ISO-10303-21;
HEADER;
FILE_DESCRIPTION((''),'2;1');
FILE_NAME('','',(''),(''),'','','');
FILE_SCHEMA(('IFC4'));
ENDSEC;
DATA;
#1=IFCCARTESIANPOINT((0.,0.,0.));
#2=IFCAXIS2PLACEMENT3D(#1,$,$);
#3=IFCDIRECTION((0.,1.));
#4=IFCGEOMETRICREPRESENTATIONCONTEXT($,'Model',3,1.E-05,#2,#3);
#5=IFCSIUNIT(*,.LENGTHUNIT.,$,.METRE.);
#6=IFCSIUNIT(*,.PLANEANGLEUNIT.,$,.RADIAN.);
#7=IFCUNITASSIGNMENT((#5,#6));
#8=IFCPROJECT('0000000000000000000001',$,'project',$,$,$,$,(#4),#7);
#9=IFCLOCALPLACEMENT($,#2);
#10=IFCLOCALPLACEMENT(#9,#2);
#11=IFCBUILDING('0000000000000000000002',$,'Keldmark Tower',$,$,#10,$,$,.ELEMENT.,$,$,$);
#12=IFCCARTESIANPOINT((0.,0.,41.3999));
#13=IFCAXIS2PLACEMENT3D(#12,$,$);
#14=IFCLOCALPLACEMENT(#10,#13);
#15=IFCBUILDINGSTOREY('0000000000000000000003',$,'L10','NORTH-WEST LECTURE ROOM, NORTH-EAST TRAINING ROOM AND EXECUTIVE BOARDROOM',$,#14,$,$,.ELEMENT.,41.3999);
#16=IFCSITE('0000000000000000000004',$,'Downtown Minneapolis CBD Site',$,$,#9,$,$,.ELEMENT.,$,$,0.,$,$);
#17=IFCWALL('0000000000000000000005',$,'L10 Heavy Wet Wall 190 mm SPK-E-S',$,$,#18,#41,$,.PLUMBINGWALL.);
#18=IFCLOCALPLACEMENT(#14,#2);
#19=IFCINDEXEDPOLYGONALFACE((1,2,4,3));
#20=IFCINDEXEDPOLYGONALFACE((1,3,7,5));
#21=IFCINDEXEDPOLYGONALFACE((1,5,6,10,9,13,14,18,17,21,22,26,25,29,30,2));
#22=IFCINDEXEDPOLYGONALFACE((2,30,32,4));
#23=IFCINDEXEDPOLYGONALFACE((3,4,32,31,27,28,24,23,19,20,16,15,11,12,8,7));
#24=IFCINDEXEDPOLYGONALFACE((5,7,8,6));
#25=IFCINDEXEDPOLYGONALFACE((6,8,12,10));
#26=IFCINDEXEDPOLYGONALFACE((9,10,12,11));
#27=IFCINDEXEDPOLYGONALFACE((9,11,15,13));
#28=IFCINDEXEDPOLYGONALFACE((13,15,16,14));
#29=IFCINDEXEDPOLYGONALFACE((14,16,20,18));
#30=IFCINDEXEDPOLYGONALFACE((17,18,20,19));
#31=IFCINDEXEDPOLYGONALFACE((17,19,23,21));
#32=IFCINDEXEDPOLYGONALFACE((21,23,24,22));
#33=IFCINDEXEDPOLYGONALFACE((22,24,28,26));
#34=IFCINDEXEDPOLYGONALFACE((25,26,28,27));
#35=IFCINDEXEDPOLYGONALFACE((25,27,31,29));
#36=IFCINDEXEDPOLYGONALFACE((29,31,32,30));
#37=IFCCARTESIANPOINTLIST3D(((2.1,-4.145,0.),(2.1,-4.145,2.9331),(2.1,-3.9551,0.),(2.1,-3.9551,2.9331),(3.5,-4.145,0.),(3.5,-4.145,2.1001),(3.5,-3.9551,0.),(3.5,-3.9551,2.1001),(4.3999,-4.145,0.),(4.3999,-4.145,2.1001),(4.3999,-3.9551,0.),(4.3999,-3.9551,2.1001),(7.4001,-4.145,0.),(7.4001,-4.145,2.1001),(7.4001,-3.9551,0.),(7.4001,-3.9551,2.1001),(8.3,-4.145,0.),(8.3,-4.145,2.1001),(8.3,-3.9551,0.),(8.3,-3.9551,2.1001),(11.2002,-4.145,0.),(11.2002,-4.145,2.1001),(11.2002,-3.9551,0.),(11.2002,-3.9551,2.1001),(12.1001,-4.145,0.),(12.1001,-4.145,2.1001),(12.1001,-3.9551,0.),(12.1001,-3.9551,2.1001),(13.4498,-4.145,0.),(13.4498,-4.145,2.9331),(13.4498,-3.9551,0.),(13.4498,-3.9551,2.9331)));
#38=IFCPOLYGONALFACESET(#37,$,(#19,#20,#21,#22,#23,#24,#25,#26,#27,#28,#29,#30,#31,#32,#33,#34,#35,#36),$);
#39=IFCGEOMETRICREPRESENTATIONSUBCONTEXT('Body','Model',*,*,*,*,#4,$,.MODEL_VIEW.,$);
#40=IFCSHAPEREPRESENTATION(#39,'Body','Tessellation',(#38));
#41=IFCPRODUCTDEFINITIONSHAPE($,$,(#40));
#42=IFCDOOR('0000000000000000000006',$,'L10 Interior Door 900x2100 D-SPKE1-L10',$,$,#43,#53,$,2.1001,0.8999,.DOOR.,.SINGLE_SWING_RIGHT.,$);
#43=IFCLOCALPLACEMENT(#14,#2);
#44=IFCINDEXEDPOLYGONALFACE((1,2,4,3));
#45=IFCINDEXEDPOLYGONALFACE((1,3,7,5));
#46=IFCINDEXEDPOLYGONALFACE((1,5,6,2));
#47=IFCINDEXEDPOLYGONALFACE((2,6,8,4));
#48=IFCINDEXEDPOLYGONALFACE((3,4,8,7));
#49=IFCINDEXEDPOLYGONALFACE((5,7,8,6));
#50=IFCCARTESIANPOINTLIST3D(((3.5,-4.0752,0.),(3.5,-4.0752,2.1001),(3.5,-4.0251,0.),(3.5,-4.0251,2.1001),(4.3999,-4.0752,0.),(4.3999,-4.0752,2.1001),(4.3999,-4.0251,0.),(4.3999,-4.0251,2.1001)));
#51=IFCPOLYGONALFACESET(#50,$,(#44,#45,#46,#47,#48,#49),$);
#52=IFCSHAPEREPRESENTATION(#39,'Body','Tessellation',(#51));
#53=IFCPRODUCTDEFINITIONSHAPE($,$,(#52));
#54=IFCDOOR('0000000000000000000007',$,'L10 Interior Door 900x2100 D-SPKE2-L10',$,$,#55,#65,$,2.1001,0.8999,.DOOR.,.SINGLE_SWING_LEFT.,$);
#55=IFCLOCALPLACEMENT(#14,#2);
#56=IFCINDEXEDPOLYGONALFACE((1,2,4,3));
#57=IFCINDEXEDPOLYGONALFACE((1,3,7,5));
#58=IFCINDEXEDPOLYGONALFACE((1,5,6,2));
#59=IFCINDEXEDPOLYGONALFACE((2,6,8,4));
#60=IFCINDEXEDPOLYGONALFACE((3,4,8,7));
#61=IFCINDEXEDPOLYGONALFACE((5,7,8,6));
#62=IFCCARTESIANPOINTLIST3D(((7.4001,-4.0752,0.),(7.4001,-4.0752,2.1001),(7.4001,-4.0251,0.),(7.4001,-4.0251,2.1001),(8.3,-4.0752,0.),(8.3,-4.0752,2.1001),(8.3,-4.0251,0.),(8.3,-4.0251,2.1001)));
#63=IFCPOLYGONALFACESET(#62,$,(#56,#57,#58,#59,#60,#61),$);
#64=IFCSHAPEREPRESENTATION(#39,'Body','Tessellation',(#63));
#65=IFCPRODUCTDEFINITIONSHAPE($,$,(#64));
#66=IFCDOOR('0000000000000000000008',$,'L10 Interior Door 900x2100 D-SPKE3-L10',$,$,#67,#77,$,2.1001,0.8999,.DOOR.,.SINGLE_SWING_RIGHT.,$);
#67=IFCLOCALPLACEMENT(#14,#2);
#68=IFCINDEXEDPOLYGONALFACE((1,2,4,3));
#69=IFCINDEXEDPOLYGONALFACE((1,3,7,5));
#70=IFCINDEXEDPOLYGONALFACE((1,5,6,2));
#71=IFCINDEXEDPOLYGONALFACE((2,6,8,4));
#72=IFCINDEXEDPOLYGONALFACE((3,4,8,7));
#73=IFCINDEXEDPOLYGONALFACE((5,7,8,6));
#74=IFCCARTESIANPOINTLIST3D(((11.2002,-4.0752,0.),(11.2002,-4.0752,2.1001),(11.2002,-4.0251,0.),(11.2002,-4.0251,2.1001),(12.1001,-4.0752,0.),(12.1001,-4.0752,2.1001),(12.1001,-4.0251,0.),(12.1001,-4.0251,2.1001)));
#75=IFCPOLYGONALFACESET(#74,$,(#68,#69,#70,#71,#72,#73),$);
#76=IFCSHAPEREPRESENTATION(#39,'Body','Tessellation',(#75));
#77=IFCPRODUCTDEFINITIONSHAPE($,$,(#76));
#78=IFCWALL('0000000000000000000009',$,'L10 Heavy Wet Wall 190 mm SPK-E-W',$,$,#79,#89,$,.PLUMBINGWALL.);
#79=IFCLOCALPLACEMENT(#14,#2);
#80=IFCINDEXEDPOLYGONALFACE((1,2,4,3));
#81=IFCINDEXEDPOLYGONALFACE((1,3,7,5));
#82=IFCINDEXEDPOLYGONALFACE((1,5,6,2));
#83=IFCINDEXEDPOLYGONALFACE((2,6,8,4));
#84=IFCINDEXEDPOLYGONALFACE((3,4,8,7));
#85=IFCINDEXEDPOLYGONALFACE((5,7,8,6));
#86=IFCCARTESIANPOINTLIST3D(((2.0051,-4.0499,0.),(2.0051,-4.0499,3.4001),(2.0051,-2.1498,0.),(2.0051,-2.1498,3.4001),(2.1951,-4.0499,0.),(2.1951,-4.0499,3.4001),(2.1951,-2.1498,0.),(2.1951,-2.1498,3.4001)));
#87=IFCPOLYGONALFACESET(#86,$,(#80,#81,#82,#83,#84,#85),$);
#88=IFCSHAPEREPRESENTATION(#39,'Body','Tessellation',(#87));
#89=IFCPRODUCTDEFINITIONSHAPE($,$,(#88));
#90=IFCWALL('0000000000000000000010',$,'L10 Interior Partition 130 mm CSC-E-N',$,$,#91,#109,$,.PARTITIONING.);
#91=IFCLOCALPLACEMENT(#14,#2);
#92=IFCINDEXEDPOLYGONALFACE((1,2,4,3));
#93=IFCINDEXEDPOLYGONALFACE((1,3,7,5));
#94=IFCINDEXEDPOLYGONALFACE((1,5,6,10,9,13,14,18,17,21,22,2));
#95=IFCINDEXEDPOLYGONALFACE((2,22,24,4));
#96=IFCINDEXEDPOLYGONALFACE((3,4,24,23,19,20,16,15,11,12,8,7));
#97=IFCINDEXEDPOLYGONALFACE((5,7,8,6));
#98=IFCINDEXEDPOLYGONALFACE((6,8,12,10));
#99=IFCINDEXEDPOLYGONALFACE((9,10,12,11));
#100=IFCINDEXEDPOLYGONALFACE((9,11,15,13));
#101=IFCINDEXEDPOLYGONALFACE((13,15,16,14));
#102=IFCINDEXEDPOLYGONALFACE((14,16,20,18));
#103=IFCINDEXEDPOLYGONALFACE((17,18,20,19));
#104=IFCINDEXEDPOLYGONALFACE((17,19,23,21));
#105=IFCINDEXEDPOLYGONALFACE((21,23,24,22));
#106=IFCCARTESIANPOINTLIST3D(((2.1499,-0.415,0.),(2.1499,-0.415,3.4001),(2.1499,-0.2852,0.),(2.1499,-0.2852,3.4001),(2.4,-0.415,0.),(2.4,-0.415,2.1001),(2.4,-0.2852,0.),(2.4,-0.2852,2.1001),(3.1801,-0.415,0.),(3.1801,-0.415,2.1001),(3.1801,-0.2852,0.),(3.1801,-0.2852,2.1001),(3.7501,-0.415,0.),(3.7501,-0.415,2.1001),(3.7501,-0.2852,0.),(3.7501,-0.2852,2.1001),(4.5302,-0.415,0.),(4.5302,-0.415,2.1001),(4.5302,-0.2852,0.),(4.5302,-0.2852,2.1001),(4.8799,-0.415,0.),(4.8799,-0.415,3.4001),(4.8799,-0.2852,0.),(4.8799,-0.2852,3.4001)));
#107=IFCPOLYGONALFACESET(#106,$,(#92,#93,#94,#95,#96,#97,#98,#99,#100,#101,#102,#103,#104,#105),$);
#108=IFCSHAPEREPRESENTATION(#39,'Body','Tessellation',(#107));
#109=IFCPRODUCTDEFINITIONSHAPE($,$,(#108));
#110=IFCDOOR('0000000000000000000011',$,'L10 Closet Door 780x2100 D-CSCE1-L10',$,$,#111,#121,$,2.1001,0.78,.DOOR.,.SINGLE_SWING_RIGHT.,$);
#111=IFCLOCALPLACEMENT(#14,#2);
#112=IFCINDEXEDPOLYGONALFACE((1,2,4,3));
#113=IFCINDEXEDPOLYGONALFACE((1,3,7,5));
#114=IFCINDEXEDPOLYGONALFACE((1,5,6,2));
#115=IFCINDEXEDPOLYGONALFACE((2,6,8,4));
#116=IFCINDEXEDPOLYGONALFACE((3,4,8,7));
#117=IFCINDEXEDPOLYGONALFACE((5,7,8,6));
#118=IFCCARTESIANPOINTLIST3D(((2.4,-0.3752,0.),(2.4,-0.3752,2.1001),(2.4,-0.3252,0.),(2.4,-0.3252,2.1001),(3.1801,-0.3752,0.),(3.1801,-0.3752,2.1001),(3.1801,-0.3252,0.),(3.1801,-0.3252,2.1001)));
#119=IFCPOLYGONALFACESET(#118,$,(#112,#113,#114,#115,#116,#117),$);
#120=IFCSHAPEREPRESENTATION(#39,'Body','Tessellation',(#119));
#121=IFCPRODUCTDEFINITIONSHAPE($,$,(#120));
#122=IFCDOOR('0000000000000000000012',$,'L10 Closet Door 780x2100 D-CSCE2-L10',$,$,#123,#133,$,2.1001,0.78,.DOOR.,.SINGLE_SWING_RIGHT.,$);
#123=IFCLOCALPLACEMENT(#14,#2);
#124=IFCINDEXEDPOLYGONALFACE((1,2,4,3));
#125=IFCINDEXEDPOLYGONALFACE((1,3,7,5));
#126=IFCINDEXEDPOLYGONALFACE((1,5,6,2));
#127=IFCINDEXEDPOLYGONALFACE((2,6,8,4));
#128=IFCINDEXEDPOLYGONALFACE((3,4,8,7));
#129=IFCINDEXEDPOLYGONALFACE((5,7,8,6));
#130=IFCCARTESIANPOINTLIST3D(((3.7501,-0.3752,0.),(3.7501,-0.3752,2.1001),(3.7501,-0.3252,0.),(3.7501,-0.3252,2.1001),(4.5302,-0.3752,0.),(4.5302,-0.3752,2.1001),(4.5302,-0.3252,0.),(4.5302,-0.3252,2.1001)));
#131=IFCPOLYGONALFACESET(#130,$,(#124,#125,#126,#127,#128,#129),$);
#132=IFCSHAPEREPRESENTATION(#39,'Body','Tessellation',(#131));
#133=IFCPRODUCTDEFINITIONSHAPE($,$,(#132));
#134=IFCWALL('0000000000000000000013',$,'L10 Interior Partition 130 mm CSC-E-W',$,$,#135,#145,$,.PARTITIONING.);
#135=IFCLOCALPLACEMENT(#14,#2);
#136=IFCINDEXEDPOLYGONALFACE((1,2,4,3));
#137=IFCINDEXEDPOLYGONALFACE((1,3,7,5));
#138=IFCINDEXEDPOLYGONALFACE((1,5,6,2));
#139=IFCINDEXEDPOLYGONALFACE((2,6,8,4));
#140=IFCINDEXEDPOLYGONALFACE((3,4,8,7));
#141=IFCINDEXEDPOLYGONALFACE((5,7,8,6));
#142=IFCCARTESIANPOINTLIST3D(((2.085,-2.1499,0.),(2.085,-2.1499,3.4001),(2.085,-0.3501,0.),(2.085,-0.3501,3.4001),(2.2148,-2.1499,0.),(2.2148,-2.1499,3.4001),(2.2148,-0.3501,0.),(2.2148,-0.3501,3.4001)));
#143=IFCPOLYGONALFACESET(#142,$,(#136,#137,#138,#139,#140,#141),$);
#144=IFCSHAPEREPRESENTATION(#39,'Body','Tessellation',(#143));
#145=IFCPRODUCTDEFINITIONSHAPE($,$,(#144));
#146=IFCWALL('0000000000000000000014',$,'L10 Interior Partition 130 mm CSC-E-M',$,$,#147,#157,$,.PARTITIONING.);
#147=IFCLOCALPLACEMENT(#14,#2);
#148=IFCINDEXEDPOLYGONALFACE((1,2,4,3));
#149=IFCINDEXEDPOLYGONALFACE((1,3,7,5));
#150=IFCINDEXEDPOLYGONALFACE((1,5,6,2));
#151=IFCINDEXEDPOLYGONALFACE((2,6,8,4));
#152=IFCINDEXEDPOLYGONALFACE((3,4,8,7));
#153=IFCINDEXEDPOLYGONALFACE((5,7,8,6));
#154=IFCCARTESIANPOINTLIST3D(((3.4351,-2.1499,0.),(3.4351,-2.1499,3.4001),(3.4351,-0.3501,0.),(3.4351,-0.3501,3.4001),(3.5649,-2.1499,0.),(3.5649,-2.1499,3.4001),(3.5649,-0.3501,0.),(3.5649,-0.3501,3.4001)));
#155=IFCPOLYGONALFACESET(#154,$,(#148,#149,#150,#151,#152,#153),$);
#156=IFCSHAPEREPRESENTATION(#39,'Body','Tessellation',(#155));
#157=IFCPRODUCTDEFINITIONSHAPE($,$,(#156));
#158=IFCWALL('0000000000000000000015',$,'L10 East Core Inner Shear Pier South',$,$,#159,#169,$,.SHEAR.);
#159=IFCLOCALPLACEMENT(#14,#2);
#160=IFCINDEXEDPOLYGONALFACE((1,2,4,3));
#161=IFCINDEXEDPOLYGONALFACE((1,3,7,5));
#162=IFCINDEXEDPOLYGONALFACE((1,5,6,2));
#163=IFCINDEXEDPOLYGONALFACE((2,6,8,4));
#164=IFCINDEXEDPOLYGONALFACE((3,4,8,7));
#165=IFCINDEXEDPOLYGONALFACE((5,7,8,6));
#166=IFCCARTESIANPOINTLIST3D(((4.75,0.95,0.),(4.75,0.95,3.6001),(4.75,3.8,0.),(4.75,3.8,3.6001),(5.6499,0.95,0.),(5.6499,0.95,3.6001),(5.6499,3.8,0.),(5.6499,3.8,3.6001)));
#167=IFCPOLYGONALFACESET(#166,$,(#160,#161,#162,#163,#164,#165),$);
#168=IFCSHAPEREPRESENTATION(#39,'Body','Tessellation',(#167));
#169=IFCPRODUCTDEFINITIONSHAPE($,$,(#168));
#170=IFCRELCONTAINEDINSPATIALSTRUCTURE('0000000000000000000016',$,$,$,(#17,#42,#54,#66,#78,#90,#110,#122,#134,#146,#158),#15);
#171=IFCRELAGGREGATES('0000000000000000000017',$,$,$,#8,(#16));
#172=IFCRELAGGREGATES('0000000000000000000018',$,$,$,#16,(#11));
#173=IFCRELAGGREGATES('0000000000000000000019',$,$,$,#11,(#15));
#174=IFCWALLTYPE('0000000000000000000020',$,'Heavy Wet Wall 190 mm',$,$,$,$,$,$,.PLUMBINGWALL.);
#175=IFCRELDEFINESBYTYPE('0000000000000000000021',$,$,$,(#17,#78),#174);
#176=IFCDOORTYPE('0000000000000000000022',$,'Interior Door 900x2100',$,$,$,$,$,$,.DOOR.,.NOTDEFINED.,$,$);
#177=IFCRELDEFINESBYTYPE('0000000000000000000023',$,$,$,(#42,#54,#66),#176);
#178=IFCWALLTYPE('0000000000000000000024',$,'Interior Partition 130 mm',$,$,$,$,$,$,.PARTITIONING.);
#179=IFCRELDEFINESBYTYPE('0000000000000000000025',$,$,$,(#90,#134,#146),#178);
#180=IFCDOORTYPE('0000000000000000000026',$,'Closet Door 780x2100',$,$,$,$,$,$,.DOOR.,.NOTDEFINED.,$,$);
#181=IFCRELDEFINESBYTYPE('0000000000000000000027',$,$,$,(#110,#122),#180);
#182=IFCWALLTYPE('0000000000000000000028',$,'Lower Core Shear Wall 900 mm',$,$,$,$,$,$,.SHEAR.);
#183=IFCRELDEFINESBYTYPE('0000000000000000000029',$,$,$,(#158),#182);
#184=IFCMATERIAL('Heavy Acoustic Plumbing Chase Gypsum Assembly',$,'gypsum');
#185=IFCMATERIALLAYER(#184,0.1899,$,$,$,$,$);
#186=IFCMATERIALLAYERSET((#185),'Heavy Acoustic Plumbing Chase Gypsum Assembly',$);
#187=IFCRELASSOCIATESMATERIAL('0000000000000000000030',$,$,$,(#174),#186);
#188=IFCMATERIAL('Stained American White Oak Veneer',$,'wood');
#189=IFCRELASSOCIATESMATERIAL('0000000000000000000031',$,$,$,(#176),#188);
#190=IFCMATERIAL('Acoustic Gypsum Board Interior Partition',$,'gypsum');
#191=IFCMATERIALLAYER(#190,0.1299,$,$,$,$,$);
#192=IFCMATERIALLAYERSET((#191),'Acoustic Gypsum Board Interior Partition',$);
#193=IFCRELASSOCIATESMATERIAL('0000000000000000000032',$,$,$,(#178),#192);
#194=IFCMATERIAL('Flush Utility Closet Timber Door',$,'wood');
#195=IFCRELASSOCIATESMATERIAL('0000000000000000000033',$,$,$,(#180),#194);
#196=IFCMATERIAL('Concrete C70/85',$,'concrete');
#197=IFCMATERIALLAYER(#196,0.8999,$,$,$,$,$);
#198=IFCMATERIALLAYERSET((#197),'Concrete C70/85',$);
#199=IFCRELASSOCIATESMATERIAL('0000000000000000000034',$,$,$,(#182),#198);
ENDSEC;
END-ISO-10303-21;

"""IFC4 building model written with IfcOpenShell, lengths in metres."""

from ifc_helpers import new_model, si_unit, direction, frame, frame_2d, origin, place, context, subcontext, project, spatial, rectangle, extrude, material, layer, layer_set, type_object, element, fill, save


model = new_model("IFC4")

# Units and contexts
model_context = context("Model", 3, precision=1e-05, world=origin(), true_north=direction((0.0, 1.0)))
body_context = subcontext(model_context, "Body", "Model", "MODEL_VIEW")
ifc_project = project(units=[si_unit("LENGTHUNIT", "METRE"), si_unit("PLANEANGLEUNIT", "RADIAN")], contexts=[model_context])

# Site, building, storey
site_placement = place(None, origin())
site = spatial("IfcSite", under=ifc_project, at=site_placement, Name="Downtown Minneapolis CBD Site", CompositionType="ELEMENT", RefElevation=0.0)
building_placement = place(site_placement, origin())
building = spatial("IfcBuilding", under=site, at=building_placement, Name="Keldmark Tower", CompositionType="ELEMENT")
storey_placement = place(building_placement, frame((0.0, 0.0, 41.3999)))
storey = spatial("IfcBuildingStorey", under=building, at=storey_placement, Name="L10", Description="NORTH-WEST LECTURE ROOM, NORTH-EAST TRAINING ROOM AND EXECUTIVE BOARDROOM", CompositionType="ELEMENT", Elevation=41.3999)

# Wall, openings, doors
ifc_material_1 = material(Name="Heavy Acoustic Plumbing Chase Gypsum Assembly", Category="gypsum")
ifc_layer_1 = layer(ifc_material_1, 0.1899)
ifc_layer_set_1 = layer_set([ifc_layer_1], Name="Heavy Acoustic Plumbing Chase Gypsum Assembly")
wall_type_1 = type_object("IfcWallType", Name="Heavy Wet Wall 190 mm", PredefinedType="PLUMBINGWALL", material=ifc_layer_set_1)
wall_1_placement = place(storey_placement, frame((2.1001, -4.05, 0.0), z_axis=(0.0, 0.0, 1.0), x_axis=(1.0, 0.0, 0.0)))
wall_1 = element("IfcWall", 1, at=wall_1_placement, inside=storey, type_object=wall_type_1, Name="L10 Heavy Wet Wall 190 mm SPK-E-S", PredefinedType="PLUMBINGWALL", context=body_context, shape_type="SweptSolid", body=[
    extrude(rectangle(XDim=11.3499, YDim=0.1899, at=frame_2d((5.6748, 0.0))), origin(), (0.0, 0.0, 1.0), 2.9331),
])
opening_1_placement = place(wall_1_placement, frame((1.3999, 0.0, 0.0)))
opening_1 = element("IfcOpeningElement", 2, at=opening_1_placement, cuts=wall_1, PredefinedType="OPENING", context=body_context, shape_type="SweptSolid", body=[
    extrude(rectangle(XDim=0.8999, YDim=2.1001, at=frame_2d((0.45, 1.05))), frame((0.0, 0.105, 0.0), z_axis=(0.0, -1.0, 0.0), x_axis=(1.0, 0.0, 0.0)), (0.0, 0.0, 1.0), 0.21),
])
opening_2_placement = place(wall_1_placement, frame((5.3, 0.0, 0.0)))
opening_2 = element("IfcOpeningElement", 3, at=opening_2_placement, cuts=wall_1, PredefinedType="OPENING", context=body_context, shape_type="SweptSolid", body=[
    extrude(rectangle(XDim=0.8999, YDim=2.1001, at=frame_2d((0.45, 1.05))), frame((0.0, 0.105, 0.0), z_axis=(0.0, -1.0, 0.0), x_axis=(1.0, 0.0, 0.0)), (0.0, 0.0, 1.0), 0.21),
])
opening_3_placement = place(wall_1_placement, frame((9.1001, 0.0, 0.0)))
opening_3 = element("IfcOpeningElement", 4, at=opening_3_placement, cuts=wall_1, PredefinedType="OPENING", context=body_context, shape_type="SweptSolid", body=[
    extrude(rectangle(XDim=0.8999, YDim=2.1001, at=frame_2d((0.45, 1.05))), frame((0.0, 0.105, 0.0), z_axis=(0.0, -1.0, 0.0), x_axis=(1.0, 0.0, 0.0)), (0.0, 0.0, 1.0), 0.21),
])
ifc_material_2 = material(Name="Stained American White Oak Veneer", Category="wood")
door_type_1 = type_object("IfcDoorType", Name="Interior Door 900x2100", OperationType="NOTDEFINED", PredefinedType="DOOR", material=ifc_material_2)
door_1_placement = place(opening_1_placement, origin())
door_1 = element("IfcDoor", 5, at=door_1_placement, inside=storey, type_object=door_type_1, Name="L10 Interior Door 900x2100 D-SPKE1-L10", OperationType="SINGLE_SWING_RIGHT", OverallHeight=2.1001, OverallWidth=0.8999, PredefinedType="DOOR", context=body_context, shape_type="SweptSolid", body=[
    extrude(rectangle(XDim=0.8999, YDim=2.1001, at=frame_2d((0.45, 1.05))), frame((0.0, 0.0249, 0.0), z_axis=(0.0, -1.0, 0.0), x_axis=(1.0, 0.0, 0.0)), (0.0, 0.0, 1.0), 0.05),
])
fill(opening_1, door_1)
door_2_placement = place(opening_2_placement, origin())
door_2 = element("IfcDoor", 6, at=door_2_placement, inside=storey, type_object=door_type_1, Name="L10 Interior Door 900x2100 D-SPKE2-L10", OperationType="SINGLE_SWING_LEFT", OverallHeight=2.1001, OverallWidth=0.8999, PredefinedType="DOOR", context=body_context, shape_type="SweptSolid", body=[
    extrude(rectangle(XDim=0.8999, YDim=2.1001, at=frame_2d((0.45, 1.05))), frame((0.0, 0.0249, 0.0), z_axis=(0.0, -1.0, 0.0), x_axis=(1.0, 0.0, 0.0)), (0.0, 0.0, 1.0), 0.05),
])
fill(opening_2, door_2)
door_3_placement = place(opening_3_placement, origin())
door_3 = element("IfcDoor", 7, at=door_3_placement, inside=storey, type_object=door_type_1, Name="L10 Interior Door 900x2100 D-SPKE3-L10", OperationType="SINGLE_SWING_RIGHT", OverallHeight=2.1001, OverallWidth=0.8999, PredefinedType="DOOR", context=body_context, shape_type="SweptSolid", body=[
    extrude(rectangle(XDim=0.8999, YDim=2.1001, at=frame_2d((0.45, 1.05))), frame((0.0, 0.0249, 0.0), z_axis=(0.0, -1.0, 0.0), x_axis=(1.0, 0.0, 0.0)), (0.0, 0.0, 1.0), 0.05),
])
fill(opening_3, door_3)

# Wall
wall_2_placement = place(storey_placement, frame((2.1001, -4.05, 0.0), z_axis=(0.0, 0.0, 1.0), x_axis=(0.0, 1.0, 0.0)))
element("IfcWall", 8, at=wall_2_placement, inside=storey, type_object=wall_type_1, Name="L10 Heavy Wet Wall 190 mm SPK-E-W", PredefinedType="PLUMBINGWALL", context=body_context, shape_type="SweptSolid", body=[
    extrude(rectangle(XDim=1.9001, YDim=0.1899, at=frame_2d((0.9502, 0.0))), origin(), (0.0, 0.0, 1.0), 3.4001),
])

# Wall, openings, doors
ifc_material_3 = material(Name="Acoustic Gypsum Board Interior Partition", Category="gypsum")
ifc_layer_2 = layer(ifc_material_3, 0.1299)
ifc_layer_set_2 = layer_set([ifc_layer_2], Name="Acoustic Gypsum Board Interior Partition")
wall_type_2 = type_object("IfcWallType", Name="Interior Partition 130 mm", PredefinedType="PARTITIONING", material=ifc_layer_set_2)
wall_3_placement = place(storey_placement, frame((2.1499, -0.3501, 0.0), z_axis=(0.0, 0.0, 1.0), x_axis=(1.0, 0.0, 0.0)))
wall_3 = element("IfcWall", 9, at=wall_3_placement, inside=storey, type_object=wall_type_2, Name="L10 Interior Partition 130 mm CSC-E-N", PredefinedType="PARTITIONING", context=body_context, shape_type="SweptSolid", body=[
    extrude(rectangle(XDim=2.73, YDim=0.1299, at=frame_2d((1.365, 0.0))), origin(), (0.0, 0.0, 1.0), 3.4001),
])
opening_4_placement = place(wall_3_placement, frame((0.25, 0.0, 0.0)))
opening_4 = element("IfcOpeningElement", 10, at=opening_4_placement, cuts=wall_3, PredefinedType="OPENING", context=body_context, shape_type="SweptSolid", body=[
    extrude(rectangle(XDim=0.78, YDim=2.1001, at=frame_2d((0.3901, 1.05))), frame((0.0, 0.075, 0.0), z_axis=(0.0, -1.0, 0.0), x_axis=(1.0, 0.0, 0.0)), (0.0, 0.0, 1.0), 0.1499),
])
opening_5_placement = place(wall_3_placement, frame((1.6001, 0.0, 0.0)))
opening_5 = element("IfcOpeningElement", 11, at=opening_5_placement, cuts=wall_3, PredefinedType="OPENING", context=body_context, shape_type="SweptSolid", body=[
    extrude(rectangle(XDim=0.78, YDim=2.1001, at=frame_2d((0.3901, 1.05))), frame((0.0, 0.075, 0.0), z_axis=(0.0, -1.0, 0.0), x_axis=(1.0, 0.0, 0.0)), (0.0, 0.0, 1.0), 0.1499),
])
ifc_material_4 = material(Name="Flush Utility Closet Timber Door", Category="wood")
door_type_2 = type_object("IfcDoorType", Name="Closet Door 780x2100", OperationType="NOTDEFINED", PredefinedType="DOOR", material=ifc_material_4)
door_4_placement = place(opening_4_placement, origin())
door_4 = element("IfcDoor", 12, at=door_4_placement, inside=storey, type_object=door_type_2, Name="L10 Closet Door 780x2100 D-CSCE1-L10", OperationType="SINGLE_SWING_RIGHT", OverallHeight=2.1001, OverallWidth=0.78, PredefinedType="DOOR", context=body_context, shape_type="SweptSolid", body=[
    extrude(rectangle(XDim=0.78, YDim=2.1001, at=frame_2d((0.3901, 1.05))), frame((0.0, 0.0249, 0.0), z_axis=(0.0, -1.0, 0.0), x_axis=(1.0, 0.0, 0.0)), (0.0, 0.0, 1.0), 0.05),
])
fill(opening_4, door_4)
door_5_placement = place(opening_5_placement, origin())
door_5 = element("IfcDoor", 13, at=door_5_placement, inside=storey, type_object=door_type_2, Name="L10 Closet Door 780x2100 D-CSCE2-L10", OperationType="SINGLE_SWING_RIGHT", OverallHeight=2.1001, OverallWidth=0.78, PredefinedType="DOOR", context=body_context, shape_type="SweptSolid", body=[
    extrude(rectangle(XDim=0.78, YDim=2.1001, at=frame_2d((0.3901, 1.05))), frame((0.0, 0.0249, 0.0), z_axis=(0.0, -1.0, 0.0), x_axis=(1.0, 0.0, 0.0)), (0.0, 0.0, 1.0), 0.05),
])
fill(opening_5, door_5)

# Walls
for number, where, z_axis, x_axis, name in (
    (14, (2.1499, -2.1499, 0.0), (0.0, 0.0, 1.0), (0.0, 1.0, 0.0), "L10 Interior Partition 130 mm CSC-E-W"),
    (15, (3.5, -2.1499, 0.0), (0.0, 0.0, 1.0), (0.0, 1.0, 0.0), "L10 Interior Partition 130 mm CSC-E-M"),
):
    element("IfcWall", number, at=place(storey_placement, frame(where, z_axis=z_axis, x_axis=x_axis)), inside=storey, type_object=wall_type_2, Name=name, PredefinedType="PARTITIONING", context=body_context, shape_type="SweptSolid", body=[
        extrude(rectangle(XDim=1.7998, YDim=0.1299, at=frame_2d((0.8999, 0.0))), origin(), (0.0, 0.0, 1.0), 3.4001),
    ])
ifc_material_5 = material(Name="Concrete C70/85", Category="concrete")
ifc_layer_3 = layer(ifc_material_5, 0.8999)
ifc_layer_set_3 = layer_set([ifc_layer_3], Name="Concrete C70/85")
wall_type_3 = type_object("IfcWallType", Name="Lower Core Shear Wall 900 mm", PredefinedType="SHEAR", material=ifc_layer_set_3)
wall_4_placement = place(storey_placement, frame((5.2, 0.95, 0.0), z_axis=(0.0, 0.0, 1.0), x_axis=(0.0, 1.0, 0.0)))
element("IfcWall", 16, at=wall_4_placement, inside=storey, type_object=wall_type_3, Name="L10 East Core Inner Shear Pier South", PredefinedType="SHEAR", context=body_context, shape_type="SweptSolid", body=[
    extrude(rectangle(XDim=2.8501, YDim=0.8999, at=frame_2d((1.425, 0.0))), origin(), (0.0, 0.0, 1.0), 3.6001),
])

save(model, "model.ifc")
